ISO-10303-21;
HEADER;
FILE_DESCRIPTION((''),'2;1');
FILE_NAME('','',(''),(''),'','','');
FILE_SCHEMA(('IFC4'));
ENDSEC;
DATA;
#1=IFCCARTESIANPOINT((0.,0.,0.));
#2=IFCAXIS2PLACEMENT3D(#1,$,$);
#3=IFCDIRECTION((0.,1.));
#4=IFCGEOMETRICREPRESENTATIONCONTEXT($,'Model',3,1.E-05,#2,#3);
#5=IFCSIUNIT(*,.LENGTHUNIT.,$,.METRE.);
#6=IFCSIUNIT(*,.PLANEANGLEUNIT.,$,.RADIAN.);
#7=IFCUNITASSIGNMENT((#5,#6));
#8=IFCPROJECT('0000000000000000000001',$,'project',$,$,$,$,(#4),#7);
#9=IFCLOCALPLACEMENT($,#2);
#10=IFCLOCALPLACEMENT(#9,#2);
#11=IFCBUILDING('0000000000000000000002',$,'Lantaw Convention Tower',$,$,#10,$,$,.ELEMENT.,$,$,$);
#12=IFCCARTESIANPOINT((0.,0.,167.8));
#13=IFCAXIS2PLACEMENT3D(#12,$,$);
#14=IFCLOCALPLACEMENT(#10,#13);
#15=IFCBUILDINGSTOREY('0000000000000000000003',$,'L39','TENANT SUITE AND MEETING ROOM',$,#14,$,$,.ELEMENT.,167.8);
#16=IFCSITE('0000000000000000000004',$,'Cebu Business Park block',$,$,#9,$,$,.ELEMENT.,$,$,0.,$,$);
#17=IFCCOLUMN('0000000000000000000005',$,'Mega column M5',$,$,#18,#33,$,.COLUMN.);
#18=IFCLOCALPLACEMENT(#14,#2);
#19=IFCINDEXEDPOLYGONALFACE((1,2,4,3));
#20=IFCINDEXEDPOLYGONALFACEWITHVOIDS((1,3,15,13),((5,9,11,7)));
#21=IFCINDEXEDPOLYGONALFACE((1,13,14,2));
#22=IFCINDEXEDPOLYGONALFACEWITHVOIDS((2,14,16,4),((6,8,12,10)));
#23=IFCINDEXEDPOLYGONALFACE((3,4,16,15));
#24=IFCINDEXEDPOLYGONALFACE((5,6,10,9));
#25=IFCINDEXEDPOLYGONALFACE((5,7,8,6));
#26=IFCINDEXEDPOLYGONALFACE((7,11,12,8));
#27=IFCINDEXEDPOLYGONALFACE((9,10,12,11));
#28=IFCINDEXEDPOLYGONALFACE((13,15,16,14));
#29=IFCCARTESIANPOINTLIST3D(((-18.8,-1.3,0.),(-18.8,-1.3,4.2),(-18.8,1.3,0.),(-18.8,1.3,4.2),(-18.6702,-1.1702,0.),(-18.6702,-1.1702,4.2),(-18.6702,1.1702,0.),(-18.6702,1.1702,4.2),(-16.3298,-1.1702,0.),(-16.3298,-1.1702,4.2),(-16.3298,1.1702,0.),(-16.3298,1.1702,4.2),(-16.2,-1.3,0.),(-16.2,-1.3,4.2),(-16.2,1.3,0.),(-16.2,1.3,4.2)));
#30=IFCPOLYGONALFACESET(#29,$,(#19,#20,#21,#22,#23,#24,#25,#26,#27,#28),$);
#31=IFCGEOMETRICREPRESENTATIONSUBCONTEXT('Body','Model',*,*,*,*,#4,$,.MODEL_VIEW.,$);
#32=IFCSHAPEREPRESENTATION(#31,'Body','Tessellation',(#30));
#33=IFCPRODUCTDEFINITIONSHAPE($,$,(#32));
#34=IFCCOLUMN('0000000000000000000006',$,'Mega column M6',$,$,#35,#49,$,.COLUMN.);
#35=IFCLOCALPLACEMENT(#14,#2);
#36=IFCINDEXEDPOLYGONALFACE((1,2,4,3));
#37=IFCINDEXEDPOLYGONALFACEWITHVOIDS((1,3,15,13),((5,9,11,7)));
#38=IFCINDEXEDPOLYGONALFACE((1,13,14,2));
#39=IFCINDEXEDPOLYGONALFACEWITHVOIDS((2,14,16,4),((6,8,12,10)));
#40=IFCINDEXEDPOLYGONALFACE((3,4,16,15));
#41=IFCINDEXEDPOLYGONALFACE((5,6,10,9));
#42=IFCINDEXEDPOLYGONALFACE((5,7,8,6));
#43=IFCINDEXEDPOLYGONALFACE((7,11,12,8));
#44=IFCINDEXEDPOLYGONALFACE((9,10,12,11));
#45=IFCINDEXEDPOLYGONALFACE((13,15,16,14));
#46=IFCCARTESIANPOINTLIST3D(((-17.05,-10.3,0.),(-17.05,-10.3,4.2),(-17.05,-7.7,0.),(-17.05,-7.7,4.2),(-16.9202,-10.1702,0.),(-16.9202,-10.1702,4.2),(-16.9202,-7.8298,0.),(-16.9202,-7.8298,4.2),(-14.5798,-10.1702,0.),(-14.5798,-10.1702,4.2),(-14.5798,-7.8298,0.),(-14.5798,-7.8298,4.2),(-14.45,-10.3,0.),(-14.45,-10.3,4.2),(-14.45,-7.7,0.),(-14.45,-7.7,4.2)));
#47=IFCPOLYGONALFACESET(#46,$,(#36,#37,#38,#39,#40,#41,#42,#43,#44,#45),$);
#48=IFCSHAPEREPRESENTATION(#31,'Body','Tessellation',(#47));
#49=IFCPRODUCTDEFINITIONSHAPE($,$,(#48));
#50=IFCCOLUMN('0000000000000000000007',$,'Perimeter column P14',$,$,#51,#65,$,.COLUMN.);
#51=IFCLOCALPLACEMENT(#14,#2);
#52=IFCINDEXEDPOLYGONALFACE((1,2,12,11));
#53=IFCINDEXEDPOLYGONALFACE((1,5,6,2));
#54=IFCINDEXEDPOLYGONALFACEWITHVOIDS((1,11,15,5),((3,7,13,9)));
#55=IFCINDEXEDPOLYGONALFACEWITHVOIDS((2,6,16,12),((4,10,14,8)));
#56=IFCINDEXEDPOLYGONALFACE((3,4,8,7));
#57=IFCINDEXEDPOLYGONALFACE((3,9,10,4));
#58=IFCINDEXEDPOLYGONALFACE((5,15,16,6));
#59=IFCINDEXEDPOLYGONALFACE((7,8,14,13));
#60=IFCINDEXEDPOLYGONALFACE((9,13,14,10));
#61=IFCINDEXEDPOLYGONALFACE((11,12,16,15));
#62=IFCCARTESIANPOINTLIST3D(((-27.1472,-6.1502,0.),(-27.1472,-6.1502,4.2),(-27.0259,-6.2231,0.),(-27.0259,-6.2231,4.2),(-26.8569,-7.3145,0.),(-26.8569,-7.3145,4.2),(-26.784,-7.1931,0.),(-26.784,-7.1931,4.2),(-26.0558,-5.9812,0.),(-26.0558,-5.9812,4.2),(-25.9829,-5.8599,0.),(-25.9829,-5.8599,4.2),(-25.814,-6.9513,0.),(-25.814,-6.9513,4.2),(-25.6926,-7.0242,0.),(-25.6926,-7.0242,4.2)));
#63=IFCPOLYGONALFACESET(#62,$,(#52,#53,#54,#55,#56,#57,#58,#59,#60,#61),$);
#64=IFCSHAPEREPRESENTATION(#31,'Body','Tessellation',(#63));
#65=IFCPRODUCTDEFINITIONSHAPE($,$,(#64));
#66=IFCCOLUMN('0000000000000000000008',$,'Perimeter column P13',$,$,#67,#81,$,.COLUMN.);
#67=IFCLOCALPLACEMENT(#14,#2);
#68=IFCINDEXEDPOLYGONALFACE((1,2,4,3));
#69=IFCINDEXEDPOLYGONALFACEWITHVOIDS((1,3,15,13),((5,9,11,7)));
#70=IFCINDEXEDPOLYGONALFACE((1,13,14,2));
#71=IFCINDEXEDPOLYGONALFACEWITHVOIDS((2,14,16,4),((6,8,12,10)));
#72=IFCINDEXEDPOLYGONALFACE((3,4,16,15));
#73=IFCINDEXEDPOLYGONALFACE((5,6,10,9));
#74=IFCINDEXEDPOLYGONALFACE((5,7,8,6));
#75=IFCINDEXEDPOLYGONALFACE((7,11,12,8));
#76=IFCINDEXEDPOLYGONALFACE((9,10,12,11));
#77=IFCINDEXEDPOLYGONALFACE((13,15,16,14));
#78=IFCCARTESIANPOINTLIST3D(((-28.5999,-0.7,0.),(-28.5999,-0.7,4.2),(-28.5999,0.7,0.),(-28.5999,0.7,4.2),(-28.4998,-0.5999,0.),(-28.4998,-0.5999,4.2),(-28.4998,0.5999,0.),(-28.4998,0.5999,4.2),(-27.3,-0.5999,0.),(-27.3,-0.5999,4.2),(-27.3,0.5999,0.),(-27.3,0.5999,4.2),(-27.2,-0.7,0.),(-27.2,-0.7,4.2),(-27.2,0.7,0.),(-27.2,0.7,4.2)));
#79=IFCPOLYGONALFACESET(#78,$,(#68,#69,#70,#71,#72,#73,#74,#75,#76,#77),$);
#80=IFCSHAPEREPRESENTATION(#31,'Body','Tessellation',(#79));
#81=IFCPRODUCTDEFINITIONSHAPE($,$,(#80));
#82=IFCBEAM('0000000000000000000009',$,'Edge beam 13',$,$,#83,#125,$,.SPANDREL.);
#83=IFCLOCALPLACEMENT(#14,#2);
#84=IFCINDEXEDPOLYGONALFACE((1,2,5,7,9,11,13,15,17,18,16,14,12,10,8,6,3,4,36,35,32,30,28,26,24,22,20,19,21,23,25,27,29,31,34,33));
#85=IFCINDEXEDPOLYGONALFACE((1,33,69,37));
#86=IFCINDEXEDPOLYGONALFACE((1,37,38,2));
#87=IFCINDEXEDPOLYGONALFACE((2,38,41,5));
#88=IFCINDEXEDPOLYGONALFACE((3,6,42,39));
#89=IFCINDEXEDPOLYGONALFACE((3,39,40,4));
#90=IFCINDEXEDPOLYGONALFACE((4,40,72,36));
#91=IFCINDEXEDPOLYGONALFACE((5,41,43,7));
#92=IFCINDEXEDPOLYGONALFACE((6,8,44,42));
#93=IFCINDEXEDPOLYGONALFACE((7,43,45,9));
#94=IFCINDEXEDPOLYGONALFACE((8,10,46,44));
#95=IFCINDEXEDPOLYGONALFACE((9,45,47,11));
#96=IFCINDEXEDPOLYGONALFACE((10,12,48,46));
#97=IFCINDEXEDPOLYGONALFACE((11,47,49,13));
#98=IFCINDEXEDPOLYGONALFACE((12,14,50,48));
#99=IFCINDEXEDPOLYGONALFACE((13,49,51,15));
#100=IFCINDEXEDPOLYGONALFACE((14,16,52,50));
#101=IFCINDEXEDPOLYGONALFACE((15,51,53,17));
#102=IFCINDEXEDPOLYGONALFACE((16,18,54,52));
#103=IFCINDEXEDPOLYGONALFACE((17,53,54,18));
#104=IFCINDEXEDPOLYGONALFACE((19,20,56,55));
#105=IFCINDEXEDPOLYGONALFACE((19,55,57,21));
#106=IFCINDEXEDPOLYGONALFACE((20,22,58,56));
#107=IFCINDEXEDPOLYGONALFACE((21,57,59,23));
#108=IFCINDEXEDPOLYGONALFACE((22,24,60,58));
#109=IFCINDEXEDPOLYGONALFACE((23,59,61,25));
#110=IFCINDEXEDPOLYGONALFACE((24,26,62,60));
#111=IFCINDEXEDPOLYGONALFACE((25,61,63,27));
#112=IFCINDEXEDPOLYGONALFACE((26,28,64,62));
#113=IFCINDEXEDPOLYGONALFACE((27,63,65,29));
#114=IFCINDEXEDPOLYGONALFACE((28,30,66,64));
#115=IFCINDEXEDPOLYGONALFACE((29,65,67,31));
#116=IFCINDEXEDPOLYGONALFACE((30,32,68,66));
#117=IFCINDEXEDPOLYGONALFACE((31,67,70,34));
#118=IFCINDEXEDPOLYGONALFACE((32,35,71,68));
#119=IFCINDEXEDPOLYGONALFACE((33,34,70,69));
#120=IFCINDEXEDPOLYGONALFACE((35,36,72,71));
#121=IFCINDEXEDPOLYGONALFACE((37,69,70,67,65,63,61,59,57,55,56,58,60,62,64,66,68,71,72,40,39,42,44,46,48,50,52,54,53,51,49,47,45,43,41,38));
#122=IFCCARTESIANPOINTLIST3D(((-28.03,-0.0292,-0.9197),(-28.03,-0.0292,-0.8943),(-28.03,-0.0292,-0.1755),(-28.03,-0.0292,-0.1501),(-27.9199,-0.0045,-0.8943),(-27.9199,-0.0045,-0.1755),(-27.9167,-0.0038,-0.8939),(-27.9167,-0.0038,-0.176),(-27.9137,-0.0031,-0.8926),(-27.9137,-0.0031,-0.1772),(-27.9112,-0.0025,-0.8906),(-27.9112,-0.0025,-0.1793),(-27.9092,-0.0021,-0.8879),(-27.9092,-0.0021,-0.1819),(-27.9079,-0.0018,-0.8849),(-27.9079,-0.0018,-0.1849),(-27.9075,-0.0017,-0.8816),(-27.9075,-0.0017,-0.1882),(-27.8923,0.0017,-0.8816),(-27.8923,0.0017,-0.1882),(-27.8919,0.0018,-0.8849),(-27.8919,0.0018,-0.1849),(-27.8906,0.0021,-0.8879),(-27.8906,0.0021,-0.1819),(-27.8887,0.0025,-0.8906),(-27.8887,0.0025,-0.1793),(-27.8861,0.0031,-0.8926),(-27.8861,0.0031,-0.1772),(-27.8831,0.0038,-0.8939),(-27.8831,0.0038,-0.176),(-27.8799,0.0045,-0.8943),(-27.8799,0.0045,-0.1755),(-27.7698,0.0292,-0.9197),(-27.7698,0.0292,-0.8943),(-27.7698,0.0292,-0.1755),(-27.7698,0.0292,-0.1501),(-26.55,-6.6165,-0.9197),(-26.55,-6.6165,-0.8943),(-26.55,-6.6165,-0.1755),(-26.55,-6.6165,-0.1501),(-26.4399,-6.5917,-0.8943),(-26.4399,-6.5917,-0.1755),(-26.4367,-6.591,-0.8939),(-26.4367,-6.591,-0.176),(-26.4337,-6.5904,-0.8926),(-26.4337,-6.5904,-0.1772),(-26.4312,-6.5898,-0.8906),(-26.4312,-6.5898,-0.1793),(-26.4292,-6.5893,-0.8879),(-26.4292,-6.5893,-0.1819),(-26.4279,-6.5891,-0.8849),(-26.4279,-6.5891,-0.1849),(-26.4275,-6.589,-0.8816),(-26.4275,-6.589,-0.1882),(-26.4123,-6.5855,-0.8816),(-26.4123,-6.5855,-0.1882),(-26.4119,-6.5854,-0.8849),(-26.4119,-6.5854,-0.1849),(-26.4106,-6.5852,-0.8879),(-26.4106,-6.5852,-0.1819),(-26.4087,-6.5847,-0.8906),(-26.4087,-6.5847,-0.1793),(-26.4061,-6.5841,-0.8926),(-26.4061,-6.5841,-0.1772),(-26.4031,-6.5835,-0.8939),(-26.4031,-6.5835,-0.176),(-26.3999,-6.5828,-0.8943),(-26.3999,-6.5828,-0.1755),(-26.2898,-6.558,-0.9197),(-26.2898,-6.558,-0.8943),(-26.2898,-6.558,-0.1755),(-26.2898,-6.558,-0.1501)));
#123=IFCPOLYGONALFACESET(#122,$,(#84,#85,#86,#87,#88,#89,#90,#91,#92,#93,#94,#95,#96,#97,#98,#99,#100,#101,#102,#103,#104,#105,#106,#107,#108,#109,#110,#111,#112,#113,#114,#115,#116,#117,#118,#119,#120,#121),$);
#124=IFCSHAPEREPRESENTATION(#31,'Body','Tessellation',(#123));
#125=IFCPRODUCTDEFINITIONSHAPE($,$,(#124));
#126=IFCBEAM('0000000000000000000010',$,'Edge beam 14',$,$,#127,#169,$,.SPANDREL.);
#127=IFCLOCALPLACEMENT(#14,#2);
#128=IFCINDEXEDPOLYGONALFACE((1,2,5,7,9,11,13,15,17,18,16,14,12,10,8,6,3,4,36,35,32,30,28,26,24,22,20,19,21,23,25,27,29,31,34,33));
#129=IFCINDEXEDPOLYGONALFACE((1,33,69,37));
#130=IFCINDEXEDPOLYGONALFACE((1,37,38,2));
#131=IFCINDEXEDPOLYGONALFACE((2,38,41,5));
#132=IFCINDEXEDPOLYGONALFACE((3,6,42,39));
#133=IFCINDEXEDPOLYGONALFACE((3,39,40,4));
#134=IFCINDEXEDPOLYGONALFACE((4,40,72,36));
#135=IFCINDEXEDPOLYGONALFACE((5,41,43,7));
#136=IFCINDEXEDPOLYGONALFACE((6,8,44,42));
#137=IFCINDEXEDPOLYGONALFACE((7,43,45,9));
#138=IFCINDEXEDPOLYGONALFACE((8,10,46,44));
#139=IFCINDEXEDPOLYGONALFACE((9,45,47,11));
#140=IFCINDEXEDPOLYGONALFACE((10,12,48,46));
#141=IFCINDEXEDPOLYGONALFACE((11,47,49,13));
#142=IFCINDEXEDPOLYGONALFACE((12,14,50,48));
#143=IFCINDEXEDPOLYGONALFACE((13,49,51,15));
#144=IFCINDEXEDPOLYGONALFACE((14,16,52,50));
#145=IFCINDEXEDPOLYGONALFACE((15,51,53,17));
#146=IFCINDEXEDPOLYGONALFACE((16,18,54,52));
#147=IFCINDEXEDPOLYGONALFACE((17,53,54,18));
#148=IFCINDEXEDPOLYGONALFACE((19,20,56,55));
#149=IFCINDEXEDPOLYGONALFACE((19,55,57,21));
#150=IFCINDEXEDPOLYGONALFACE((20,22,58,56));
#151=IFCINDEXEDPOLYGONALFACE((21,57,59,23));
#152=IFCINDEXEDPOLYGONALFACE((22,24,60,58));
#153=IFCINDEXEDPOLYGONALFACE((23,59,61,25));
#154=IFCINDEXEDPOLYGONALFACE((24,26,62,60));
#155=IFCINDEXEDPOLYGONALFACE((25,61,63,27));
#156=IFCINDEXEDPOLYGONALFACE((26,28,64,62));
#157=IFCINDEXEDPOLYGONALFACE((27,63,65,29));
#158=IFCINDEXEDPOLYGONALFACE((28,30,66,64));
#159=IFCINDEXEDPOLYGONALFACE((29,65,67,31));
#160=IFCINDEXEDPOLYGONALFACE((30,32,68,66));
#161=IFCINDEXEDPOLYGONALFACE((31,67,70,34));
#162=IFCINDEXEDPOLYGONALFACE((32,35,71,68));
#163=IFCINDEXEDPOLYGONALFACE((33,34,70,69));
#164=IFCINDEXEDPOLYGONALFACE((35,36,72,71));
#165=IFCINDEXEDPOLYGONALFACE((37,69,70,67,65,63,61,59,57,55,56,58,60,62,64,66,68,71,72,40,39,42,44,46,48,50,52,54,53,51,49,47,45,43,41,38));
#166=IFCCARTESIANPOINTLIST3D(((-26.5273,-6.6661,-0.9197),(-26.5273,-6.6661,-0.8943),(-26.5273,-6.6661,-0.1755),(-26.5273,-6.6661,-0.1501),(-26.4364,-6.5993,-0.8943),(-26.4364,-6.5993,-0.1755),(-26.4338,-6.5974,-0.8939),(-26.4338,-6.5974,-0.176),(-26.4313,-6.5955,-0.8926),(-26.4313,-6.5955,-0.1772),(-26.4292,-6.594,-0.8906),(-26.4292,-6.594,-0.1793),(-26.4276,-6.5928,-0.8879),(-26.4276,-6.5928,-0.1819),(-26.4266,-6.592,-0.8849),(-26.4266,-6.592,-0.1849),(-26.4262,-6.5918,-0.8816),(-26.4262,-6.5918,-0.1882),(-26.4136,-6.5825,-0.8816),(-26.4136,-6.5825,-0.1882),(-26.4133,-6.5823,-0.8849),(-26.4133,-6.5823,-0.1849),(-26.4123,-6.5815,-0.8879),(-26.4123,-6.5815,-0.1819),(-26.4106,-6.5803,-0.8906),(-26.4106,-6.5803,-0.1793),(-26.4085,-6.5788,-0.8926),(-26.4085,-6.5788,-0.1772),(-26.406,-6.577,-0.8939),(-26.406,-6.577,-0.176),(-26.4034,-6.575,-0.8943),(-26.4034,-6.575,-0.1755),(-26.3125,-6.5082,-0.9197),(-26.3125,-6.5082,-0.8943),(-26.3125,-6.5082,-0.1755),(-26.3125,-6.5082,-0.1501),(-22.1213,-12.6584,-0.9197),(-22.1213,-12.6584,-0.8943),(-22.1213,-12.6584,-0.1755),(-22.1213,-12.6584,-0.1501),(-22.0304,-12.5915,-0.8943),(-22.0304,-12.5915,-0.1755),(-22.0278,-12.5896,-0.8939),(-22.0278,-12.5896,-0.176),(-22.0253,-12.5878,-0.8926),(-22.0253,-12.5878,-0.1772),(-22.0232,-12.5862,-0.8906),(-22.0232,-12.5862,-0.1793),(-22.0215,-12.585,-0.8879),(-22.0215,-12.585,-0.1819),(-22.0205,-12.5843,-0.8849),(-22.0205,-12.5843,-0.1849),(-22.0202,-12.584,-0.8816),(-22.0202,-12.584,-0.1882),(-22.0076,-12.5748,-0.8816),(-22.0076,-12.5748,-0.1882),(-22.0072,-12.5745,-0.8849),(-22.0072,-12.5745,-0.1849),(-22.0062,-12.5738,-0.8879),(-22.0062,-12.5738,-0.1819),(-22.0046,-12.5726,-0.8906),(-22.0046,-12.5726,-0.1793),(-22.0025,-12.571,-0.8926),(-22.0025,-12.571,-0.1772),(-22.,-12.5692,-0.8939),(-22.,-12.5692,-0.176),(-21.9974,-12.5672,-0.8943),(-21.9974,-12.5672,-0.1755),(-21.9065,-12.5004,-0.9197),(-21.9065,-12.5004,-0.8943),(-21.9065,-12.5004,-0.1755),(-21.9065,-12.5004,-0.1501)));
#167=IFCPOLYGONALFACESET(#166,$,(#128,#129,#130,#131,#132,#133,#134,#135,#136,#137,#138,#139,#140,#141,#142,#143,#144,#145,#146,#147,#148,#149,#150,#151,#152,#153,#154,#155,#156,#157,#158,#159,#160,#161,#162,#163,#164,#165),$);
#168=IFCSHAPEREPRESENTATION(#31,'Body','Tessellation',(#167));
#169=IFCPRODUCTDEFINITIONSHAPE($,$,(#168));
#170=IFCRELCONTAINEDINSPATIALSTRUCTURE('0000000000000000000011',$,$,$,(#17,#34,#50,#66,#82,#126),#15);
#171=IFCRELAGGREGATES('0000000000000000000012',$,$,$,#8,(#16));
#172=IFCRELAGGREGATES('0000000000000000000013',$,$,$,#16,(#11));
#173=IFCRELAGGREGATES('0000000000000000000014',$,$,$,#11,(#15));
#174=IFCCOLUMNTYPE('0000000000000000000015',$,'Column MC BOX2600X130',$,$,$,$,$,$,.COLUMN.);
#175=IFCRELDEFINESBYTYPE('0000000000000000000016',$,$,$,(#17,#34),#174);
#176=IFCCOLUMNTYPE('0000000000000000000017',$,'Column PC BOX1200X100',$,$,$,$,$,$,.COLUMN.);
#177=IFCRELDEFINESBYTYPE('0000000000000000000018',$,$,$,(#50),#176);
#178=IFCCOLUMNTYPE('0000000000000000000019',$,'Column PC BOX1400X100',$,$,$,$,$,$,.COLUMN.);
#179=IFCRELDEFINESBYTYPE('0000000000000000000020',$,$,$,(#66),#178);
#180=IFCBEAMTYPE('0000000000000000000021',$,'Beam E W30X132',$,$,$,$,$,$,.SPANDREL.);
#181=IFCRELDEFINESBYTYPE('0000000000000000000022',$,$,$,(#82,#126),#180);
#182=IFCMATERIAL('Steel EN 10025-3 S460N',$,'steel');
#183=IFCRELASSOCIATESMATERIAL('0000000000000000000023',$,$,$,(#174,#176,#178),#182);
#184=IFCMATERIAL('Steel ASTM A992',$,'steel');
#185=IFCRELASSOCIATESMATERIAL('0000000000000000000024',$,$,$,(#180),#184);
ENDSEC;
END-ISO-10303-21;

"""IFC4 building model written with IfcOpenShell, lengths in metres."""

from ifc_helpers import new_model, si_unit, direction, frame, origin, origin_2d, place, context, subcontext, project, spatial, rectangle, hollow_rectangle, i_section, extrude, material, material_profile, profile_set, type_object, element, save


model = new_model("IFC4")

# Units and contexts
model_context = context("Model", 3, precision=1e-05, world=origin(), true_north=direction((0.0, 1.0)))
body_context = subcontext(model_context, "Body", "Model", "MODEL_VIEW")
ifc_project = project(units=[si_unit("LENGTHUNIT", "METRE"), si_unit("PLANEANGLEUNIT", "RADIAN")], contexts=[model_context])

# Site, building, storey
site_placement = place(None, origin())
site = spatial("IfcSite", under=ifc_project, at=site_placement, Name="Cebu Business Park block", CompositionType="ELEMENT", RefElevation=0.0)
building_placement = place(site_placement, origin())
building = spatial("IfcBuilding", under=site, at=building_placement, Name="Lantaw Convention Tower", CompositionType="ELEMENT")
storey_placement = place(building_placement, frame((0.0, 0.0, 167.8)))
storey = spatial("IfcBuildingStorey", under=building, at=storey_placement, Name="L39", Description="TENANT SUITE AND MEETING ROOM", CompositionType="ELEMENT", Elevation=167.8)

# Columns
ifc_material_1 = material(Name="Steel EN 10025-3 S460N", Category="steel")
ifc_material_profile_1 = material_profile(ifc_material_1, hollow_rectangle(XDim=2.6001, YDim=2.6001, WallThickness=0.1299, at=origin_2d()), Name="BOX2600X130")
ifc_material_2 = material(Name="Concrete C60/75", Category="concrete")
ifc_material_profile_2 = material_profile(ifc_material_2, rectangle(XDim=2.3401, YDim=2.3401, at=origin_2d()), Name="Concrete fill of BOX2600X130")
ifc_profile_set_1 = profile_set([ifc_material_profile_1, ifc_material_profile_2], Name="Steel EN 10025-3 S460N")
column_type_1 = type_object("IfcColumnType", Name="Column MC BOX2600X130", PredefinedType="COLUMN", material=ifc_profile_set_1)
for number, where, z_axis, x_axis, name in (
    (1, (-17.5, 0.0, 0.0), (0.0, 0.0, 1.0), (1.0, 0.0, 0.0), "Mega column M5"),
    (2, (-15.75, -9.0, 0.0), (0.0, 0.0, 1.0), (1.0, 0.0, 0.0), "Mega column M6"),
):
    element("IfcColumn", number, at=place(storey_placement, frame(where, z_axis=z_axis, x_axis=x_axis)), inside=storey, type_object=column_type_1, Name=name, PredefinedType="COLUMN", context=body_context, shape_type="SweptSolid", body=[
        extrude(hollow_rectangle(XDim=2.6001, YDim=2.6001, WallThickness=0.1299, at=origin_2d()), origin(), (0.0, 0.0, 1.0), 4.2),
    ])
ifc_material_profile_3 = material_profile(ifc_material_1, hollow_rectangle(XDim=1.2, YDim=1.2, WallThickness=0.1001, at=origin_2d()), Name="BOX1200X100")
ifc_material_profile_4 = material_profile(ifc_material_2, rectangle(XDim=1.0, YDim=1.0, at=origin_2d()), Name="Concrete fill of BOX1200X100")
ifc_profile_set_2 = profile_set([ifc_material_profile_3, ifc_material_profile_4], Name="Steel EN 10025-3 S460N")
column_type_2 = type_object("IfcColumnType", Name="Column PC BOX1200X100", PredefinedType="COLUMN", material=ifc_profile_set_2)
column_1_placement = place(storey_placement, frame((-26.4199, -6.5872, 0.0), z_axis=(0.0, 0.0, 1.0), x_axis=(0.970296, 0.241922, 0.0)))
element("IfcColumn", 3, at=column_1_placement, inside=storey, type_object=column_type_2, Name="Perimeter column P14", PredefinedType="COLUMN", context=body_context, shape_type="SweptSolid", body=[
    extrude(hollow_rectangle(XDim=1.2, YDim=1.2, WallThickness=0.1001, at=origin_2d()), origin(), (0.0, 0.0, 1.0), 4.2),
])
ifc_material_profile_5 = material_profile(ifc_material_1, hollow_rectangle(XDim=1.3999, YDim=1.3999, WallThickness=0.1001, at=origin_2d()), Name="BOX1400X100")
ifc_material_profile_6 = material_profile(ifc_material_2, rectangle(XDim=1.2, YDim=1.2, at=origin_2d()), Name="Concrete fill of BOX1400X100")
ifc_profile_set_3 = profile_set([ifc_material_profile_5, ifc_material_profile_6], Name="Steel EN 10025-3 S460N")
column_type_3 = type_object("IfcColumnType", Name="Column PC BOX1400X100", PredefinedType="COLUMN", material=ifc_profile_set_3)
column_2_placement = place(storey_placement, frame((-27.8999, 0.0, 0.0), z_axis=(0.0, 0.0, 1.0), x_axis=(1.0, 0.0, 0.0)))
element("IfcColumn", 4, at=column_2_placement, inside=storey, type_object=column_type_3, Name="Perimeter column P13", PredefinedType="COLUMN", context=body_context, shape_type="SweptSolid", body=[
    extrude(hollow_rectangle(XDim=1.3999, YDim=1.3999, WallThickness=0.1001, at=origin_2d()), origin(), (0.0, 0.0, 1.0), 4.2),
])

# Beams
ifc_material_3 = material(Name="Steel ASTM A992", Category="steel")
ifc_material_profile_7 = material_profile(ifc_material_3, i_section(OverallWidth=0.2666, OverallDepth=0.7695, WebThickness=0.0156, FlangeThickness=0.0254, FilletRadius=0.0127, at=origin_2d()), Name="W30X132")
ifc_profile_set_4 = profile_set([ifc_material_profile_7], Name="Steel ASTM A992")
beam_type_1 = type_object("IfcBeamType", Name="Beam E W30X132", PredefinedType="SPANDREL", material=ifc_profile_set_4)
beam_1_placement = place(storey_placement, frame((-27.8999, 0.0, -0.5349), z_axis=(0.219212, -0.975677, 0.0), x_axis=(0.975677, 0.219212, 0.0)))
element("IfcBeam", 5, at=beam_1_placement, inside=storey, type_object=beam_type_1, Name="Edge beam 13", PredefinedType="SPANDREL", context=body_context, shape_type="SweptSolid", body=[
    extrude(i_section(OverallWidth=0.2666, OverallDepth=0.7695, WebThickness=0.0156, FlangeThickness=0.0254, FilletRadius=0.0127, at=origin_2d()), origin(), (0.0, 0.0, 1.0), 6.7515),
])
beam_2_placement = place(storey_placement, frame((-26.4199, -6.5872, -0.5349), z_axis=(0.592389, -0.805652, 0.0), x_axis=(0.805652, 0.592389, 0.0)))
element("IfcBeam", 6, at=beam_2_placement, inside=storey, type_object=beam_type_1, Name="Edge beam 14", PredefinedType="SPANDREL", context=body_context, shape_type="SweptSolid", body=[
    extrude(i_section(OverallWidth=0.2666, OverallDepth=0.7695, WebThickness=0.0156, FlangeThickness=0.0254, FilletRadius=0.0127, at=origin_2d()), origin(), (0.0, 0.0, 1.0), 7.4377),
])

save(model, "model.ifc")
